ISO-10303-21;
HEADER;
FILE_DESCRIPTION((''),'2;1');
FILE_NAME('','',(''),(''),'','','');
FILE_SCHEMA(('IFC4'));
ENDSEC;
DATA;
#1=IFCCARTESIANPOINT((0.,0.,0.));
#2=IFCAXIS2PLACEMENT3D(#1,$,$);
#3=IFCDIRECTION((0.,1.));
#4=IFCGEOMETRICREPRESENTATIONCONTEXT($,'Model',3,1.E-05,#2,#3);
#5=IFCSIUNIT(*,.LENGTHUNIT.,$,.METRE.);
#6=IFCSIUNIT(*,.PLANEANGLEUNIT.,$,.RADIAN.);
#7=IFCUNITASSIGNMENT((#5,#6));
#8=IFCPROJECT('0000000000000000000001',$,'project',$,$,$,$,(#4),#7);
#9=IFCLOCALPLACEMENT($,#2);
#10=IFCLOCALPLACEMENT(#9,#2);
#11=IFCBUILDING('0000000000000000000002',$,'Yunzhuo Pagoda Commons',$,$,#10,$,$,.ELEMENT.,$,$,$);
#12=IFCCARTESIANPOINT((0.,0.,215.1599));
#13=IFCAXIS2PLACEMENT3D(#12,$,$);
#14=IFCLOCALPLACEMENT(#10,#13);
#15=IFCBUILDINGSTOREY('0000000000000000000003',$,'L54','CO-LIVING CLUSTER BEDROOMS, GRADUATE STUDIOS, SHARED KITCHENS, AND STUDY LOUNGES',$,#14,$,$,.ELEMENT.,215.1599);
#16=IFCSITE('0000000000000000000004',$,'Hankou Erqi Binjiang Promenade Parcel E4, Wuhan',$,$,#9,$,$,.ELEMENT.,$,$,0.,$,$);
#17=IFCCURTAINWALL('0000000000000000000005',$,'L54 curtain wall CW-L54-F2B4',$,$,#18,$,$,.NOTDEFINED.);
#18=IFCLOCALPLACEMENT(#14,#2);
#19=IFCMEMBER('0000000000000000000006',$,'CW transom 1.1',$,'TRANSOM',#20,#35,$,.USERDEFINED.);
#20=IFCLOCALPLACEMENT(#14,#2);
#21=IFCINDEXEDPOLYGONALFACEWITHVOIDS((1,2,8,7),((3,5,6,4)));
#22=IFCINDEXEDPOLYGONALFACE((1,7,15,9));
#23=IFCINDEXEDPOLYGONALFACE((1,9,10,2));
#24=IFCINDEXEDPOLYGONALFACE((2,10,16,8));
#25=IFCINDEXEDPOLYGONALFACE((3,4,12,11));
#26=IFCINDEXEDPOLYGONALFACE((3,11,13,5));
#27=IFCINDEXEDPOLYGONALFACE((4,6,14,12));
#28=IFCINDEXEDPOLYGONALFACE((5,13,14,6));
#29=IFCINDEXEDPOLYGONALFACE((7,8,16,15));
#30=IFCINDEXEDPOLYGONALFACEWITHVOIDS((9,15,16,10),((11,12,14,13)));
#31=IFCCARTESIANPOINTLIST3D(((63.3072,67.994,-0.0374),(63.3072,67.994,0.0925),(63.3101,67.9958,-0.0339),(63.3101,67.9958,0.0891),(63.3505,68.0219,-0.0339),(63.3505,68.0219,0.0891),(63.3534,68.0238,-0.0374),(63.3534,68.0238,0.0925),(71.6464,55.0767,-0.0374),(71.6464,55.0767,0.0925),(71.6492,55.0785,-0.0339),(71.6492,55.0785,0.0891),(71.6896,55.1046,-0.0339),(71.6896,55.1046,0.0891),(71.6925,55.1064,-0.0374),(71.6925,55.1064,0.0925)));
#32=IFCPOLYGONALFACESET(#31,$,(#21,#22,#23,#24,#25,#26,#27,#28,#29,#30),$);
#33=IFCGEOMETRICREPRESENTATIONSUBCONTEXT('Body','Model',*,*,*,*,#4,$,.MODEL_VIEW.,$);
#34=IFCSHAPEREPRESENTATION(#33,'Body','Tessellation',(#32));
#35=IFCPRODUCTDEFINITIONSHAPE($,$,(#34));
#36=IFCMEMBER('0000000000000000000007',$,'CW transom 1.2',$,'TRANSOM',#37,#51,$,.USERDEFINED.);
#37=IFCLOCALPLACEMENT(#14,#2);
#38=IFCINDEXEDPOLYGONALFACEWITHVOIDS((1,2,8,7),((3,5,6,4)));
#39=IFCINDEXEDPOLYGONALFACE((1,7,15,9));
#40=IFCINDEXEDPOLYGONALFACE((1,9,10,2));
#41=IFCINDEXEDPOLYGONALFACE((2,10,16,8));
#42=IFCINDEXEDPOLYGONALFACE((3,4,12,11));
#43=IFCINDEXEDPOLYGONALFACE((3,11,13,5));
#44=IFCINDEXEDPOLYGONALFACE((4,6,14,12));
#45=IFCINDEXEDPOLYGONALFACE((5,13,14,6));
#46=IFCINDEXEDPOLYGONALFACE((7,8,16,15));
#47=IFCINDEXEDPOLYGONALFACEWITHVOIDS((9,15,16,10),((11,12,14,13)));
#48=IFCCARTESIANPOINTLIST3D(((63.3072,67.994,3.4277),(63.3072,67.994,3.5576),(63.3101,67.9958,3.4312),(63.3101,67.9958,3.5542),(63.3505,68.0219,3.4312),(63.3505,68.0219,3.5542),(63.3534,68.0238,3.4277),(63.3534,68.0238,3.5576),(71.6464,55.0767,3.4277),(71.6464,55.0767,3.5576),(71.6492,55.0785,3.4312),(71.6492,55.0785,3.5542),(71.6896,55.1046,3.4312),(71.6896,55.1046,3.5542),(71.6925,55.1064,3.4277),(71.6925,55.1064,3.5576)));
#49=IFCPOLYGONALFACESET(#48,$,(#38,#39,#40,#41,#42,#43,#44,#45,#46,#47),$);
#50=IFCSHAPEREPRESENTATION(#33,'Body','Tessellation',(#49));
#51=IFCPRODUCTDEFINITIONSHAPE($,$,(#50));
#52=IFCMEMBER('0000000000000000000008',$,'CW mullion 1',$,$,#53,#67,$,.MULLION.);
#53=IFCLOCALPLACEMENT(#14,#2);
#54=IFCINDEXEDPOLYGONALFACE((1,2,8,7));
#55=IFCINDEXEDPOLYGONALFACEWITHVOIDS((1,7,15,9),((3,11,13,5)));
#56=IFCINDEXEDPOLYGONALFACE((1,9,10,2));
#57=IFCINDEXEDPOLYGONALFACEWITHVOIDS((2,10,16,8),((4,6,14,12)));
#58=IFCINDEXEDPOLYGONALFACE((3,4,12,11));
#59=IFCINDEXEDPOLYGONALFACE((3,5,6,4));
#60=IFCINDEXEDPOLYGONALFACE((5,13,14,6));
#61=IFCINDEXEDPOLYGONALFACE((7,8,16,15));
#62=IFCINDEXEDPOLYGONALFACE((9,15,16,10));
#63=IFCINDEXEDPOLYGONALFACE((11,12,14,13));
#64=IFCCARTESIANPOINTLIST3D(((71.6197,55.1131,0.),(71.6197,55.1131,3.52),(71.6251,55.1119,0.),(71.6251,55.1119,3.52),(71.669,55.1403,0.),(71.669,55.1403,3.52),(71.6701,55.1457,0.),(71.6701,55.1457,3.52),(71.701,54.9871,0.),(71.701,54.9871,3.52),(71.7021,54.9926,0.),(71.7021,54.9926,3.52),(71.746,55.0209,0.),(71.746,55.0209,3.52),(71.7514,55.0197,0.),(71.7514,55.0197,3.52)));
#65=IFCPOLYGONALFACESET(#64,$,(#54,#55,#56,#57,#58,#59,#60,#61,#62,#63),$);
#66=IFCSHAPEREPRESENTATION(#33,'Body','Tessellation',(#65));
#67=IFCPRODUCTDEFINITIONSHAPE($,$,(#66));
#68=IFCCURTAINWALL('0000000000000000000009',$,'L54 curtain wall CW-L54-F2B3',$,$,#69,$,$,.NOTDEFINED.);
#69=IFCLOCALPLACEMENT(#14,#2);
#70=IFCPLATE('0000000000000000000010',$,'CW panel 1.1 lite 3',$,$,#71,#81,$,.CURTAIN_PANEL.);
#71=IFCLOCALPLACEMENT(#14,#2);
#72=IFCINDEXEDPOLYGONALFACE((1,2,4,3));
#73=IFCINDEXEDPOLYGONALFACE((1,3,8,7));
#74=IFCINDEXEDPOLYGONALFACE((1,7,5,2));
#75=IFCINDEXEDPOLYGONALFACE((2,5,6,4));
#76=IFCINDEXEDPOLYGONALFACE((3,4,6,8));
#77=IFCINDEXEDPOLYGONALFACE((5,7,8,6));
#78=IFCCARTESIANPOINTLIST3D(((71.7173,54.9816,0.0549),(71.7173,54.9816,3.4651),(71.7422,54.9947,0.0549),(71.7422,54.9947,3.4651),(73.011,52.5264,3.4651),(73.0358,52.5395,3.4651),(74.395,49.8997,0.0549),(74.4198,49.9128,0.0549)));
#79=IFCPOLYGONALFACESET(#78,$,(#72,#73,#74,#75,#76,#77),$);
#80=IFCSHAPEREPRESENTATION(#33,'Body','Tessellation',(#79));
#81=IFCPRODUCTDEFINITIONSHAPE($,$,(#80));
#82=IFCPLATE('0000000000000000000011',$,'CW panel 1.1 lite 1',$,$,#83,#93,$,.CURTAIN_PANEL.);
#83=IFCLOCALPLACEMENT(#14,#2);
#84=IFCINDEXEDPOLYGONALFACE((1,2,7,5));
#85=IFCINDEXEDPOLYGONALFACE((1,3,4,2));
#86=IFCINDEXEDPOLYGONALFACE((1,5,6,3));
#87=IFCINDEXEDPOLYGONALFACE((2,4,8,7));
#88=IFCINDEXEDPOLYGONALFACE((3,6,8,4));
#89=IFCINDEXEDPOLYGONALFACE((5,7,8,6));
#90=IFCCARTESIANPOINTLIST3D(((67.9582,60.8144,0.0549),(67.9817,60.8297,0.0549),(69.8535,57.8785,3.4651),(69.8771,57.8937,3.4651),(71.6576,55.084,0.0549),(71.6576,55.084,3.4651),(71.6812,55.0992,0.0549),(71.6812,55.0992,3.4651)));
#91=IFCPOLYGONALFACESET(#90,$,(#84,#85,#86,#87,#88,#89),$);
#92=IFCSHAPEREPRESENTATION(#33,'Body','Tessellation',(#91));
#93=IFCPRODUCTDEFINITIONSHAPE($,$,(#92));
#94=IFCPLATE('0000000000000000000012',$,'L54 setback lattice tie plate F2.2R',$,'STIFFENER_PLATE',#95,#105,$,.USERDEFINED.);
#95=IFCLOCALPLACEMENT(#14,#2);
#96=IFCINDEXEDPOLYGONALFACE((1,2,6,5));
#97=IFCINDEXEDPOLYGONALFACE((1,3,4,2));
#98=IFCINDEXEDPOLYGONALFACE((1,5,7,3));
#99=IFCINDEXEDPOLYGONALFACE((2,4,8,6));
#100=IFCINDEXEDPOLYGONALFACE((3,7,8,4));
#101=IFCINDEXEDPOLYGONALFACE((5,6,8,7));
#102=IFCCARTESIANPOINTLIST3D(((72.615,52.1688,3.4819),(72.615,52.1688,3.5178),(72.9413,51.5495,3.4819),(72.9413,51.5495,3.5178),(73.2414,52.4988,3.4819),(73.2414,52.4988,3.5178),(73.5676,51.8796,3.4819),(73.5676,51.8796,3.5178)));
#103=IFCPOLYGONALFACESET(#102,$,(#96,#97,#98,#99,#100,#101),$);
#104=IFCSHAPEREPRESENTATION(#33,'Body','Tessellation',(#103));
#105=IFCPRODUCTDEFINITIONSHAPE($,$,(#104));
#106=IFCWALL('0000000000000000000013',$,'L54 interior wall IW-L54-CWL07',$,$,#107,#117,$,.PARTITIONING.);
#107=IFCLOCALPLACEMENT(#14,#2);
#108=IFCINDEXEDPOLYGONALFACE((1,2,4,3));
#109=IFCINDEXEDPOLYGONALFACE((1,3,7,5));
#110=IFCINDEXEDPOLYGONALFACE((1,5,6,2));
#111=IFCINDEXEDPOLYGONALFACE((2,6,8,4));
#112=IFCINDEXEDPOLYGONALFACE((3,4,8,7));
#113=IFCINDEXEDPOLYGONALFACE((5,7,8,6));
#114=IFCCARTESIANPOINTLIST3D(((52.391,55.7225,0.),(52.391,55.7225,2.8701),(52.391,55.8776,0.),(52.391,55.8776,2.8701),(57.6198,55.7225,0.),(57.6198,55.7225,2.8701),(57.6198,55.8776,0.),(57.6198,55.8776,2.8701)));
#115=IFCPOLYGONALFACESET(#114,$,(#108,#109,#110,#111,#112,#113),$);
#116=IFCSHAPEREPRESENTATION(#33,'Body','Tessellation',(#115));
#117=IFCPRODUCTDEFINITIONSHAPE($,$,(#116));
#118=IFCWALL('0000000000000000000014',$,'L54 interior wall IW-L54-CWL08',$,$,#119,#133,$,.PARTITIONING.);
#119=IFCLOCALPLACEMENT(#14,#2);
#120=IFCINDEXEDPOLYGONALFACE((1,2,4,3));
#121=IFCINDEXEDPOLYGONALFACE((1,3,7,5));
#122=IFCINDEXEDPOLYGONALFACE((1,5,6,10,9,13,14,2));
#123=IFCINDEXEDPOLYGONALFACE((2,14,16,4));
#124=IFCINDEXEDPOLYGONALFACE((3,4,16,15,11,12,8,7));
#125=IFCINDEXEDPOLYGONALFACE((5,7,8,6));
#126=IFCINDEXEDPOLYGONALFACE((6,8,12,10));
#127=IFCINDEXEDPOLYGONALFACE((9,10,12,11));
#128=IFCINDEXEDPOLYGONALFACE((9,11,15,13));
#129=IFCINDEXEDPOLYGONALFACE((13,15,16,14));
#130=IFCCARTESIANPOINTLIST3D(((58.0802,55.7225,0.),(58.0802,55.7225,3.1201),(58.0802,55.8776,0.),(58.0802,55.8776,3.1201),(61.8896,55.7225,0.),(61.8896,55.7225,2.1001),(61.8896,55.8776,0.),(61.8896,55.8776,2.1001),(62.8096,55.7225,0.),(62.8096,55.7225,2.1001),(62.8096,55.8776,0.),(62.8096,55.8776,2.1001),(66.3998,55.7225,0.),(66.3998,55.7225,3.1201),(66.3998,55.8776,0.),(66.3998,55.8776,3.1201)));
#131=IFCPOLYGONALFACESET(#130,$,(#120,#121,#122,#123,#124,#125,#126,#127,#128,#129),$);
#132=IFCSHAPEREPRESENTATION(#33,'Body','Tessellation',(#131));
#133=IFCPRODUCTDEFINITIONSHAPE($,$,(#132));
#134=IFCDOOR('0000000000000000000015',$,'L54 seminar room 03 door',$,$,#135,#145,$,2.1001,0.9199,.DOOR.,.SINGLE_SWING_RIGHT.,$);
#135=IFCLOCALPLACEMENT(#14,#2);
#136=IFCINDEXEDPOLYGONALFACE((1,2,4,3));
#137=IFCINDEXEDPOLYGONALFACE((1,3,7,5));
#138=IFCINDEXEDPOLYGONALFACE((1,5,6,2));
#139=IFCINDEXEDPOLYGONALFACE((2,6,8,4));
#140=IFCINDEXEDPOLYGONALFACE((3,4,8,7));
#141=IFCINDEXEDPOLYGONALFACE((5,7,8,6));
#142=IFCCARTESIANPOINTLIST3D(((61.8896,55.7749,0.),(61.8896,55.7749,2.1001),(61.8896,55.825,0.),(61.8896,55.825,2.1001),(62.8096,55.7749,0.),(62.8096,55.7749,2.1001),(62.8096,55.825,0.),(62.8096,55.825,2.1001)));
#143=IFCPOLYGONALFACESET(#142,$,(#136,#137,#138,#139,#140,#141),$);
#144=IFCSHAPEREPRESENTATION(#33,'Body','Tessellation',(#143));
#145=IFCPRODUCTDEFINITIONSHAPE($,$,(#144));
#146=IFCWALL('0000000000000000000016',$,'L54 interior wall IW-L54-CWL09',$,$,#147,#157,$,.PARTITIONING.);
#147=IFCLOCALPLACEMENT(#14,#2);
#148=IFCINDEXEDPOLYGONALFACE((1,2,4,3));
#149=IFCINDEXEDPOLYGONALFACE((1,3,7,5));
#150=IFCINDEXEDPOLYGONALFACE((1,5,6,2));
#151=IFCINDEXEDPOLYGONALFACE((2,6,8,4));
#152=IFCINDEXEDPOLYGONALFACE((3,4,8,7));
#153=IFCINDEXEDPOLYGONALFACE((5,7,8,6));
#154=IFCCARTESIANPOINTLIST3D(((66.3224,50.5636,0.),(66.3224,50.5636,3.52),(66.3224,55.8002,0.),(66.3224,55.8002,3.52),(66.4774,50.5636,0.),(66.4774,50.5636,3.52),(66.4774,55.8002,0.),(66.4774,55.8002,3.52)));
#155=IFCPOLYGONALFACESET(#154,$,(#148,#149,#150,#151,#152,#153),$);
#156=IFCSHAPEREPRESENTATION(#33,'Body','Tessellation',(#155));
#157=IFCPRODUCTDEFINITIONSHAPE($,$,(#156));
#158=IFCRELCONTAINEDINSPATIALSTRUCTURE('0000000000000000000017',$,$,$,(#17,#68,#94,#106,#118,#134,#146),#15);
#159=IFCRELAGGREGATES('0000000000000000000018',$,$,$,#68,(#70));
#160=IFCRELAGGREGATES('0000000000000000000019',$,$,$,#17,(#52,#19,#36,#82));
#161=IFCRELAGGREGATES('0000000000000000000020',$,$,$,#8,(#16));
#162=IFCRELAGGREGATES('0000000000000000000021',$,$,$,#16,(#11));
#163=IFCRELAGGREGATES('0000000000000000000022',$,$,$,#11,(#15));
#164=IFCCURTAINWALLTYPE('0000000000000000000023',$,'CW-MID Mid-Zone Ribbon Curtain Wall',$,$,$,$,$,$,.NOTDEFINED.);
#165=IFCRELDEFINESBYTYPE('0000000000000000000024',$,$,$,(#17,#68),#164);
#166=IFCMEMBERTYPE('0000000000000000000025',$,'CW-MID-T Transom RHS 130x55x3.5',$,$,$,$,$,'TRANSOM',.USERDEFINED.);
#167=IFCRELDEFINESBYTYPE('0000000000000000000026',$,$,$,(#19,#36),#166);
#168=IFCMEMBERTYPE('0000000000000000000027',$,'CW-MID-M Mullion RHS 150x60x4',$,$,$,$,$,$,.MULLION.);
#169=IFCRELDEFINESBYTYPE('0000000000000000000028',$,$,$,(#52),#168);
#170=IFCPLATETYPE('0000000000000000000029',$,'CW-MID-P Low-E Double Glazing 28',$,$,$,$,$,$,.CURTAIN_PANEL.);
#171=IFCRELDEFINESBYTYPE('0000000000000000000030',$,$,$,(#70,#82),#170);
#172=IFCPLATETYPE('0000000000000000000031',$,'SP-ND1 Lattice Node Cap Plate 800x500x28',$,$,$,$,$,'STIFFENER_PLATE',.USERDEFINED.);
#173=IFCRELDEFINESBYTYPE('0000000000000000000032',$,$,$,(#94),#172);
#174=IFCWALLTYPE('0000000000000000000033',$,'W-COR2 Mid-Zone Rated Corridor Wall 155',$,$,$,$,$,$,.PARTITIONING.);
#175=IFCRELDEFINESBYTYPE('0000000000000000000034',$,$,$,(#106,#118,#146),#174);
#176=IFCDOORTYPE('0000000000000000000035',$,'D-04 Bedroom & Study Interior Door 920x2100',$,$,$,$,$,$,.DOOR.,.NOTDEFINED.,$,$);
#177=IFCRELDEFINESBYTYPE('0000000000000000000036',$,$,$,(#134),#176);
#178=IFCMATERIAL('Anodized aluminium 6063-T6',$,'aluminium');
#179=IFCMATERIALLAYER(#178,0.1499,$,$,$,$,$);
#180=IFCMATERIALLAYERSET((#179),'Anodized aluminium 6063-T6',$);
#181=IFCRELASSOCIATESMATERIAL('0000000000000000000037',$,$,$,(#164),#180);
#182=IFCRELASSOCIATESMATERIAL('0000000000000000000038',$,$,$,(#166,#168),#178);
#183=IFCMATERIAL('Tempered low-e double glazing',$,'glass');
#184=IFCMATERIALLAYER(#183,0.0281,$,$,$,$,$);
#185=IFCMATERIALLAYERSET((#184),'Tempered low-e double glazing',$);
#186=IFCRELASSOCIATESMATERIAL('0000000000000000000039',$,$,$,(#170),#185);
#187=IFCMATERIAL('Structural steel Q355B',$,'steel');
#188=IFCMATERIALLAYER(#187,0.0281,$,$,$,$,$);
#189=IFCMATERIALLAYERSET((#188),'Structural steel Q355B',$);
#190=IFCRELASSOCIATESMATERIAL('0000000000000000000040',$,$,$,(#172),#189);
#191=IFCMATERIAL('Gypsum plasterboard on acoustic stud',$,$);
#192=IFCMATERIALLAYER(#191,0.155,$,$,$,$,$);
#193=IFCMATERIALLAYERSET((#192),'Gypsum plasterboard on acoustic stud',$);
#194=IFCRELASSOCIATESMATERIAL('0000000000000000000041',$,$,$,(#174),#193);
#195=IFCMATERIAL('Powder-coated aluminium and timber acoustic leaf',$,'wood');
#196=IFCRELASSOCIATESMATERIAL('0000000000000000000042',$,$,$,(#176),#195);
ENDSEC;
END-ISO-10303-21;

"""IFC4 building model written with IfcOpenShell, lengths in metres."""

from ifc_helpers import new_model, si_unit, direction, frame, frame_2d, origin, origin_with_axes, origin_2d, place, context, subcontext, project, spatial, polyline, rectangle, hollow_rectangle, outline, extrude, source, transform, mapped, material, layer, layer_set, material_profile, profile_set, type_object, element, fill, aggregate, save


model = new_model("IFC4")

# Units and contexts
model_context = context("Model", 3, precision=1e-05, world=origin(), true_north=direction((0.0, 1.0)))
body_context = subcontext(model_context, "Body", "Model", "MODEL_VIEW")
ifc_project = project(units=[si_unit("LENGTHUNIT", "METRE"), si_unit("PLANEANGLEUNIT", "RADIAN")], contexts=[model_context])

# Site, building, storey
site_placement = place(None, origin())
site = spatial("IfcSite", under=ifc_project, at=site_placement, Name="Hankou Erqi Binjiang Promenade Parcel E4, Wuhan", CompositionType="ELEMENT", RefElevation=0.0)
building_placement = place(site_placement, origin())
building = spatial("IfcBuilding", under=site, at=building_placement, Name="Yunzhuo Pagoda Commons", CompositionType="ELEMENT")
storey_placement = place(building_placement, frame((0.0, 0.0, 215.1599)))
storey = spatial("IfcBuildingStorey", under=building, at=storey_placement, Name="L54", Description="CO-LIVING CLUSTER BEDROOMS, GRADUATE STUDIOS, SHARED KITCHENS, AND STUDY LOUNGES", CompositionType="ELEMENT", Elevation=215.1599)

# Shared definitions
ifc_material_1 = material(Name="Structural steel Q355B", Category="steel")

# Curtain wall, members
ifc_material_2 = material(Name="Anodized aluminium 6063-T6", Category="aluminium")
ifc_layer_1 = layer(ifc_material_2, 0.1499)
ifc_layer_set_1 = layer_set([ifc_layer_1], Name="Anodized aluminium 6063-T6")
curtain_wall_type = type_object("IfcCurtainWallType", Name="CW-MID Mid-Zone Ribbon Curtain Wall", PredefinedType="NOTDEFINED", material=ifc_layer_set_1)
curtain_wall_1_placement = place(storey_placement, origin())
curtain_wall_1 = element("IfcCurtainWall", 1, at=curtain_wall_1_placement, inside=storey, type_object=curtain_wall_type, Name="L54 curtain wall CW-L54-F2B4", PredefinedType="NOTDEFINED")
ifc_material_profile_1 = material_profile(ifc_material_2, hollow_rectangle(XDim=0.0549, YDim=0.1299, WallThickness=0.0034, at=origin_2d()), Name="Anodized aluminium 6063-T6")
ifc_profile_set_1 = profile_set([ifc_material_profile_1], Name="Anodized aluminium 6063-T6")
member_type_1 = type_object("IfcMemberType", Name="CW-MID-T Transom RHS 130x55x3.5", ElementType="TRANSOM", PredefinedType="USERDEFINED", material=ifc_profile_set_1)
shared_shape_1 = source(origin(), body_context, "Body", "SweptSolid", [
    extrude(hollow_rectangle(XDim=0.0549, YDim=0.1299, WallThickness=0.0034, at=origin_2d()), origin(), (0.0, 0.0, 1.0), 15.3752),
])
member_1_placement = place(storey_placement, frame((71.6694, 55.0916, 0.0276), z_axis=(-0.542375, 0.840136, 0.0), x_axis=(-0.840136, -0.542375, 0.0)))
member_1 = element("IfcMember", 2, at=member_1_placement, type_object=member_type_1, Name="CW transom 1.1", ObjectType="TRANSOM", PredefinedType="USERDEFINED", context=body_context, shape_type="MappedRepresentation", body=[
    mapped(shared_shape_1, transform((0.0, 0.0, 0.0), scale=1.0)),
])
member_2_placement = place(storey_placement, frame((71.6694, 55.0916, 3.4927), z_axis=(-0.542375, 0.840136, 0.0), x_axis=(-0.840136, -0.542375, 0.0)))
member_2 = element("IfcMember", 3, at=member_2_placement, type_object=member_type_1, Name="CW transom 1.2", ObjectType="TRANSOM", PredefinedType="USERDEFINED", context=body_context, shape_type="MappedRepresentation", body=[
    mapped(shared_shape_1, transform((0.0, 0.0, 0.0), scale=1.0)),
])
ifc_material_profile_2 = material_profile(ifc_material_2, hollow_rectangle(XDim=0.0601, YDim=0.1499, WallThickness=0.0039, at=origin_2d()), Name="Anodized aluminium 6063-T6")
ifc_profile_set_2 = profile_set([ifc_material_profile_2], Name="Anodized aluminium 6063-T6")
member_type_2 = type_object("IfcMemberType", Name="CW-MID-M Mullion RHS 150x60x4", PredefinedType="MULLION", material=ifc_profile_set_2)
shared_shape_2 = source(origin(), body_context, "Body", "SweptSolid", [
    extrude(hollow_rectangle(XDim=0.0601, YDim=0.1499, WallThickness=0.0039, at=origin_2d()), origin(), (0.0, 0.0, 1.0), 3.52),
])
member_3_placement = place(storey_placement, frame((71.6855, 55.0664, 0.0), z_axis=(0.0, 0.0, 1.0), x_axis=(-0.840138, -0.542372, 0.0)))
member_3 = element("IfcMember", 4, at=member_3_placement, type_object=member_type_2, Name="CW mullion 1", PredefinedType="MULLION", context=body_context, shape_type="MappedRepresentation", body=[
    mapped(shared_shape_2, transform((0.0, 0.0, 0.0), scale=1.0)),
])

# Curtain wall, plate
curtain_wall_2_placement = place(storey_placement, origin())
curtain_wall_2 = element("IfcCurtainWall", 5, at=curtain_wall_2_placement, inside=storey, type_object=curtain_wall_type, Name="L54 curtain wall CW-L54-F2B3", PredefinedType="NOTDEFINED")
ifc_material_3 = material(Name="Tempered low-e double glazing", Category="glass")
ifc_layer_2 = layer(ifc_material_3, 0.0281)
ifc_layer_set_2 = layer_set([ifc_layer_2], Name="Tempered low-e double glazing")
plate_type_1 = type_object("IfcPlateType", Name="CW-MID-P Low-E Double Glazing 28", PredefinedType="CURTAIN_PANEL", material=ifc_layer_set_2)
plate_1_placement = place(storey_placement, frame((73.0562, 52.4407, 1.76), z_axis=(0.884705, 0.466152, 0.0), x_axis=(-0.466152, 0.884705, 0.0)))
plate_1 = element("IfcPlate", 6, at=plate_1_placement, type_object=plate_type_1, Name="CW panel 1.1 lite 3", PredefinedType="CURTAIN_PANEL", context=body_context, shape_type="SweptSolid", body=[
    extrude(outline(polyline([(-2.8721, -1.7051), (2.8721, -1.7051), (2.8721, 1.7051), (0.0969, 1.7051), (-2.8721, -1.7051)])), origin(), (0.0, 0.0, 1.0), 0.0281),
])
aggregate(curtain_wall_2, [plate_1])

# Plates
plate_2_placement = place(storey_placement, frame((69.8079, 57.9492, 1.76), z_axis=(0.840138, 0.542372, 0.0), x_axis=(-0.542372, 0.840138, 0.0)))
plate_2 = element("IfcPlate", 7, at=plate_2_placement, type_object=plate_type_1, Name="CW panel 1.1 lite 1", PredefinedType="CURTAIN_PANEL", context=body_context, shape_type="SweptSolid", body=[
    extrude(outline(polyline([(-3.4104, -1.7051), (3.4104, -1.7051), (-0.0842, 1.7051), (-3.4104, 1.7051), (-3.4104, -1.7051)])), origin(), (0.0, 0.0, 1.0), 0.0281),
])
aggregate(curtain_wall_1, [member_3, member_1, member_2, plate_2])
ifc_layer_3 = layer(ifc_material_1, 0.0281)
ifc_layer_set_3 = layer_set([ifc_layer_3], Name="Structural steel Q355B")
plate_type_2 = type_object("IfcPlateType", Name="SP-ND1 Lattice Node Cap Plate 800x500x28", ElementType="STIFFENER_PLATE", PredefinedType="USERDEFINED", material=ifc_layer_set_3)
shared_shape_3 = source(origin(), body_context, "Body", "SweptSolid", [
    extrude(rectangle(XDim=0.7, YDim=0.708, at=origin_2d()), origin(), (0.0, 0.0, 1.0), 0.0359),
])
plate_3_placement = place(storey_placement, frame((73.0913, 52.0242, 3.4819), z_axis=(0.0, 0.0, 1.0), x_axis=(-0.466155, 0.884703, 0.0)))
element("IfcPlate", 8, at=plate_3_placement, inside=storey, type_object=plate_type_2, Name="L54 setback lattice tie plate F2.2R", ObjectType="STIFFENER_PLATE", PredefinedType="USERDEFINED", context=body_context, shape_type="MappedRepresentation", body=[
    mapped(shared_shape_3, transform((0.0, 0.0, 0.0), scale=1.0)),
])

# Wall
ifc_material_4 = material(Name="Gypsum plasterboard on acoustic stud")
ifc_layer_4 = layer(ifc_material_4, 0.155)
ifc_layer_set_4 = layer_set([ifc_layer_4], Name="Gypsum plasterboard on acoustic stud")
wall_type_1 = type_object("IfcWallType", Name="W-COR2 Mid-Zone Rated Corridor Wall 155", PredefinedType="PARTITIONING", material=ifc_layer_set_4)
wall_1_placement = place(storey_placement, frame((52.3911, 55.8, 0.0), z_axis=(0.0, 0.0, 1.0), x_axis=(1.0, 0.0, 0.0)))
element("IfcWall", 9, at=wall_1_placement, inside=storey, type_object=wall_type_1, Name="L54 interior wall IW-L54-CWL07", PredefinedType="PARTITIONING", context=body_context, shape_type="SweptSolid", body=[
    extrude(rectangle(XDim=5.2288, YDim=0.155, at=frame_2d((2.6143, 0.0))), origin(), (0.0, 0.0, 1.0), 2.8701),
])

# Wall, opening, door
wall_2_placement = place(storey_placement, frame((58.0803, 55.8, 0.0), z_axis=(0.0, 0.0, 1.0), x_axis=(1.0, 0.0, 0.0)))
wall_2 = element("IfcWall", 10, at=wall_2_placement, inside=storey, type_object=wall_type_1, Name="L54 interior wall IW-L54-CWL08", PredefinedType="PARTITIONING", context=body_context, shape_type="SweptSolid", body=[
    extrude(rectangle(XDim=8.3196, YDim=0.155, at=frame_2d((4.1597, 0.0))), origin(), (0.0, 0.0, 1.0), 3.1201),
])
opening_1_placement = place(wall_2_placement, frame((3.8093, 0.0, 0.0)))
opening_1 = element("IfcOpeningElement", 11, at=opening_1_placement, cuts=wall_2, PredefinedType="OPENING", context=body_context, shape_type="SweptSolid", body=[
    extrude(rectangle(XDim=0.9199, YDim=2.1001, at=frame_2d((0.46, 1.05))), frame((0.0, 0.0874, 0.0), z_axis=(0.0, -1.0, 0.0), x_axis=(1.0, 0.0, 0.0)), (0.0, 0.0, 1.0), 0.175),
])
ifc_material_5 = material(Name="Powder-coated aluminium and timber acoustic leaf", Category="wood")
door_type = type_object("IfcDoorType", Name="D-04 Bedroom & Study Interior Door 920x2100", OperationType="NOTDEFINED", PredefinedType="DOOR", material=ifc_material_5)
shared_shape_4 = source(origin(), body_context, "Body", "SweptSolid", [
    extrude(rectangle(XDim=0.9199, YDim=2.1001, at=frame_2d((0.46, 1.05))), frame((0.0, 0.0249, 0.0), z_axis=(0.0, -1.0, 0.0), x_axis=(1.0, 0.0, 0.0)), (0.0, 0.0, 1.0), 0.05),
])
door_1_placement = place(opening_1_placement, origin_with_axes())
door_1 = element("IfcDoor", 12, at=door_1_placement, inside=storey, type_object=door_type, Name="L54 seminar room 03 door", OperationType="SINGLE_SWING_RIGHT", OverallHeight=2.1001, OverallWidth=0.9199, PredefinedType="DOOR", context=body_context, shape_type="MappedRepresentation", body=[
    mapped(shared_shape_4, transform((0.0, 0.0, 0.0), scale=1.0)),
])
fill(opening_1, door_1)

# Wall
wall_3_placement = place(storey_placement, frame((66.3999, 55.8, 0.0), z_axis=(0.0, 0.0, 1.0), x_axis=(0.0, -1.0, 0.0)))
element("IfcWall", 13, at=wall_3_placement, inside=storey, type_object=wall_type_1, Name="L54 interior wall IW-L54-CWL09", PredefinedType="PARTITIONING", context=body_context, shape_type="SweptSolid", body=[
    extrude(rectangle(XDim=5.2366, YDim=0.155, at=frame_2d((2.6182, 0.0))), origin(), (0.0, 0.0, 1.0), 3.52),
])

save(model, "model.ifc")
